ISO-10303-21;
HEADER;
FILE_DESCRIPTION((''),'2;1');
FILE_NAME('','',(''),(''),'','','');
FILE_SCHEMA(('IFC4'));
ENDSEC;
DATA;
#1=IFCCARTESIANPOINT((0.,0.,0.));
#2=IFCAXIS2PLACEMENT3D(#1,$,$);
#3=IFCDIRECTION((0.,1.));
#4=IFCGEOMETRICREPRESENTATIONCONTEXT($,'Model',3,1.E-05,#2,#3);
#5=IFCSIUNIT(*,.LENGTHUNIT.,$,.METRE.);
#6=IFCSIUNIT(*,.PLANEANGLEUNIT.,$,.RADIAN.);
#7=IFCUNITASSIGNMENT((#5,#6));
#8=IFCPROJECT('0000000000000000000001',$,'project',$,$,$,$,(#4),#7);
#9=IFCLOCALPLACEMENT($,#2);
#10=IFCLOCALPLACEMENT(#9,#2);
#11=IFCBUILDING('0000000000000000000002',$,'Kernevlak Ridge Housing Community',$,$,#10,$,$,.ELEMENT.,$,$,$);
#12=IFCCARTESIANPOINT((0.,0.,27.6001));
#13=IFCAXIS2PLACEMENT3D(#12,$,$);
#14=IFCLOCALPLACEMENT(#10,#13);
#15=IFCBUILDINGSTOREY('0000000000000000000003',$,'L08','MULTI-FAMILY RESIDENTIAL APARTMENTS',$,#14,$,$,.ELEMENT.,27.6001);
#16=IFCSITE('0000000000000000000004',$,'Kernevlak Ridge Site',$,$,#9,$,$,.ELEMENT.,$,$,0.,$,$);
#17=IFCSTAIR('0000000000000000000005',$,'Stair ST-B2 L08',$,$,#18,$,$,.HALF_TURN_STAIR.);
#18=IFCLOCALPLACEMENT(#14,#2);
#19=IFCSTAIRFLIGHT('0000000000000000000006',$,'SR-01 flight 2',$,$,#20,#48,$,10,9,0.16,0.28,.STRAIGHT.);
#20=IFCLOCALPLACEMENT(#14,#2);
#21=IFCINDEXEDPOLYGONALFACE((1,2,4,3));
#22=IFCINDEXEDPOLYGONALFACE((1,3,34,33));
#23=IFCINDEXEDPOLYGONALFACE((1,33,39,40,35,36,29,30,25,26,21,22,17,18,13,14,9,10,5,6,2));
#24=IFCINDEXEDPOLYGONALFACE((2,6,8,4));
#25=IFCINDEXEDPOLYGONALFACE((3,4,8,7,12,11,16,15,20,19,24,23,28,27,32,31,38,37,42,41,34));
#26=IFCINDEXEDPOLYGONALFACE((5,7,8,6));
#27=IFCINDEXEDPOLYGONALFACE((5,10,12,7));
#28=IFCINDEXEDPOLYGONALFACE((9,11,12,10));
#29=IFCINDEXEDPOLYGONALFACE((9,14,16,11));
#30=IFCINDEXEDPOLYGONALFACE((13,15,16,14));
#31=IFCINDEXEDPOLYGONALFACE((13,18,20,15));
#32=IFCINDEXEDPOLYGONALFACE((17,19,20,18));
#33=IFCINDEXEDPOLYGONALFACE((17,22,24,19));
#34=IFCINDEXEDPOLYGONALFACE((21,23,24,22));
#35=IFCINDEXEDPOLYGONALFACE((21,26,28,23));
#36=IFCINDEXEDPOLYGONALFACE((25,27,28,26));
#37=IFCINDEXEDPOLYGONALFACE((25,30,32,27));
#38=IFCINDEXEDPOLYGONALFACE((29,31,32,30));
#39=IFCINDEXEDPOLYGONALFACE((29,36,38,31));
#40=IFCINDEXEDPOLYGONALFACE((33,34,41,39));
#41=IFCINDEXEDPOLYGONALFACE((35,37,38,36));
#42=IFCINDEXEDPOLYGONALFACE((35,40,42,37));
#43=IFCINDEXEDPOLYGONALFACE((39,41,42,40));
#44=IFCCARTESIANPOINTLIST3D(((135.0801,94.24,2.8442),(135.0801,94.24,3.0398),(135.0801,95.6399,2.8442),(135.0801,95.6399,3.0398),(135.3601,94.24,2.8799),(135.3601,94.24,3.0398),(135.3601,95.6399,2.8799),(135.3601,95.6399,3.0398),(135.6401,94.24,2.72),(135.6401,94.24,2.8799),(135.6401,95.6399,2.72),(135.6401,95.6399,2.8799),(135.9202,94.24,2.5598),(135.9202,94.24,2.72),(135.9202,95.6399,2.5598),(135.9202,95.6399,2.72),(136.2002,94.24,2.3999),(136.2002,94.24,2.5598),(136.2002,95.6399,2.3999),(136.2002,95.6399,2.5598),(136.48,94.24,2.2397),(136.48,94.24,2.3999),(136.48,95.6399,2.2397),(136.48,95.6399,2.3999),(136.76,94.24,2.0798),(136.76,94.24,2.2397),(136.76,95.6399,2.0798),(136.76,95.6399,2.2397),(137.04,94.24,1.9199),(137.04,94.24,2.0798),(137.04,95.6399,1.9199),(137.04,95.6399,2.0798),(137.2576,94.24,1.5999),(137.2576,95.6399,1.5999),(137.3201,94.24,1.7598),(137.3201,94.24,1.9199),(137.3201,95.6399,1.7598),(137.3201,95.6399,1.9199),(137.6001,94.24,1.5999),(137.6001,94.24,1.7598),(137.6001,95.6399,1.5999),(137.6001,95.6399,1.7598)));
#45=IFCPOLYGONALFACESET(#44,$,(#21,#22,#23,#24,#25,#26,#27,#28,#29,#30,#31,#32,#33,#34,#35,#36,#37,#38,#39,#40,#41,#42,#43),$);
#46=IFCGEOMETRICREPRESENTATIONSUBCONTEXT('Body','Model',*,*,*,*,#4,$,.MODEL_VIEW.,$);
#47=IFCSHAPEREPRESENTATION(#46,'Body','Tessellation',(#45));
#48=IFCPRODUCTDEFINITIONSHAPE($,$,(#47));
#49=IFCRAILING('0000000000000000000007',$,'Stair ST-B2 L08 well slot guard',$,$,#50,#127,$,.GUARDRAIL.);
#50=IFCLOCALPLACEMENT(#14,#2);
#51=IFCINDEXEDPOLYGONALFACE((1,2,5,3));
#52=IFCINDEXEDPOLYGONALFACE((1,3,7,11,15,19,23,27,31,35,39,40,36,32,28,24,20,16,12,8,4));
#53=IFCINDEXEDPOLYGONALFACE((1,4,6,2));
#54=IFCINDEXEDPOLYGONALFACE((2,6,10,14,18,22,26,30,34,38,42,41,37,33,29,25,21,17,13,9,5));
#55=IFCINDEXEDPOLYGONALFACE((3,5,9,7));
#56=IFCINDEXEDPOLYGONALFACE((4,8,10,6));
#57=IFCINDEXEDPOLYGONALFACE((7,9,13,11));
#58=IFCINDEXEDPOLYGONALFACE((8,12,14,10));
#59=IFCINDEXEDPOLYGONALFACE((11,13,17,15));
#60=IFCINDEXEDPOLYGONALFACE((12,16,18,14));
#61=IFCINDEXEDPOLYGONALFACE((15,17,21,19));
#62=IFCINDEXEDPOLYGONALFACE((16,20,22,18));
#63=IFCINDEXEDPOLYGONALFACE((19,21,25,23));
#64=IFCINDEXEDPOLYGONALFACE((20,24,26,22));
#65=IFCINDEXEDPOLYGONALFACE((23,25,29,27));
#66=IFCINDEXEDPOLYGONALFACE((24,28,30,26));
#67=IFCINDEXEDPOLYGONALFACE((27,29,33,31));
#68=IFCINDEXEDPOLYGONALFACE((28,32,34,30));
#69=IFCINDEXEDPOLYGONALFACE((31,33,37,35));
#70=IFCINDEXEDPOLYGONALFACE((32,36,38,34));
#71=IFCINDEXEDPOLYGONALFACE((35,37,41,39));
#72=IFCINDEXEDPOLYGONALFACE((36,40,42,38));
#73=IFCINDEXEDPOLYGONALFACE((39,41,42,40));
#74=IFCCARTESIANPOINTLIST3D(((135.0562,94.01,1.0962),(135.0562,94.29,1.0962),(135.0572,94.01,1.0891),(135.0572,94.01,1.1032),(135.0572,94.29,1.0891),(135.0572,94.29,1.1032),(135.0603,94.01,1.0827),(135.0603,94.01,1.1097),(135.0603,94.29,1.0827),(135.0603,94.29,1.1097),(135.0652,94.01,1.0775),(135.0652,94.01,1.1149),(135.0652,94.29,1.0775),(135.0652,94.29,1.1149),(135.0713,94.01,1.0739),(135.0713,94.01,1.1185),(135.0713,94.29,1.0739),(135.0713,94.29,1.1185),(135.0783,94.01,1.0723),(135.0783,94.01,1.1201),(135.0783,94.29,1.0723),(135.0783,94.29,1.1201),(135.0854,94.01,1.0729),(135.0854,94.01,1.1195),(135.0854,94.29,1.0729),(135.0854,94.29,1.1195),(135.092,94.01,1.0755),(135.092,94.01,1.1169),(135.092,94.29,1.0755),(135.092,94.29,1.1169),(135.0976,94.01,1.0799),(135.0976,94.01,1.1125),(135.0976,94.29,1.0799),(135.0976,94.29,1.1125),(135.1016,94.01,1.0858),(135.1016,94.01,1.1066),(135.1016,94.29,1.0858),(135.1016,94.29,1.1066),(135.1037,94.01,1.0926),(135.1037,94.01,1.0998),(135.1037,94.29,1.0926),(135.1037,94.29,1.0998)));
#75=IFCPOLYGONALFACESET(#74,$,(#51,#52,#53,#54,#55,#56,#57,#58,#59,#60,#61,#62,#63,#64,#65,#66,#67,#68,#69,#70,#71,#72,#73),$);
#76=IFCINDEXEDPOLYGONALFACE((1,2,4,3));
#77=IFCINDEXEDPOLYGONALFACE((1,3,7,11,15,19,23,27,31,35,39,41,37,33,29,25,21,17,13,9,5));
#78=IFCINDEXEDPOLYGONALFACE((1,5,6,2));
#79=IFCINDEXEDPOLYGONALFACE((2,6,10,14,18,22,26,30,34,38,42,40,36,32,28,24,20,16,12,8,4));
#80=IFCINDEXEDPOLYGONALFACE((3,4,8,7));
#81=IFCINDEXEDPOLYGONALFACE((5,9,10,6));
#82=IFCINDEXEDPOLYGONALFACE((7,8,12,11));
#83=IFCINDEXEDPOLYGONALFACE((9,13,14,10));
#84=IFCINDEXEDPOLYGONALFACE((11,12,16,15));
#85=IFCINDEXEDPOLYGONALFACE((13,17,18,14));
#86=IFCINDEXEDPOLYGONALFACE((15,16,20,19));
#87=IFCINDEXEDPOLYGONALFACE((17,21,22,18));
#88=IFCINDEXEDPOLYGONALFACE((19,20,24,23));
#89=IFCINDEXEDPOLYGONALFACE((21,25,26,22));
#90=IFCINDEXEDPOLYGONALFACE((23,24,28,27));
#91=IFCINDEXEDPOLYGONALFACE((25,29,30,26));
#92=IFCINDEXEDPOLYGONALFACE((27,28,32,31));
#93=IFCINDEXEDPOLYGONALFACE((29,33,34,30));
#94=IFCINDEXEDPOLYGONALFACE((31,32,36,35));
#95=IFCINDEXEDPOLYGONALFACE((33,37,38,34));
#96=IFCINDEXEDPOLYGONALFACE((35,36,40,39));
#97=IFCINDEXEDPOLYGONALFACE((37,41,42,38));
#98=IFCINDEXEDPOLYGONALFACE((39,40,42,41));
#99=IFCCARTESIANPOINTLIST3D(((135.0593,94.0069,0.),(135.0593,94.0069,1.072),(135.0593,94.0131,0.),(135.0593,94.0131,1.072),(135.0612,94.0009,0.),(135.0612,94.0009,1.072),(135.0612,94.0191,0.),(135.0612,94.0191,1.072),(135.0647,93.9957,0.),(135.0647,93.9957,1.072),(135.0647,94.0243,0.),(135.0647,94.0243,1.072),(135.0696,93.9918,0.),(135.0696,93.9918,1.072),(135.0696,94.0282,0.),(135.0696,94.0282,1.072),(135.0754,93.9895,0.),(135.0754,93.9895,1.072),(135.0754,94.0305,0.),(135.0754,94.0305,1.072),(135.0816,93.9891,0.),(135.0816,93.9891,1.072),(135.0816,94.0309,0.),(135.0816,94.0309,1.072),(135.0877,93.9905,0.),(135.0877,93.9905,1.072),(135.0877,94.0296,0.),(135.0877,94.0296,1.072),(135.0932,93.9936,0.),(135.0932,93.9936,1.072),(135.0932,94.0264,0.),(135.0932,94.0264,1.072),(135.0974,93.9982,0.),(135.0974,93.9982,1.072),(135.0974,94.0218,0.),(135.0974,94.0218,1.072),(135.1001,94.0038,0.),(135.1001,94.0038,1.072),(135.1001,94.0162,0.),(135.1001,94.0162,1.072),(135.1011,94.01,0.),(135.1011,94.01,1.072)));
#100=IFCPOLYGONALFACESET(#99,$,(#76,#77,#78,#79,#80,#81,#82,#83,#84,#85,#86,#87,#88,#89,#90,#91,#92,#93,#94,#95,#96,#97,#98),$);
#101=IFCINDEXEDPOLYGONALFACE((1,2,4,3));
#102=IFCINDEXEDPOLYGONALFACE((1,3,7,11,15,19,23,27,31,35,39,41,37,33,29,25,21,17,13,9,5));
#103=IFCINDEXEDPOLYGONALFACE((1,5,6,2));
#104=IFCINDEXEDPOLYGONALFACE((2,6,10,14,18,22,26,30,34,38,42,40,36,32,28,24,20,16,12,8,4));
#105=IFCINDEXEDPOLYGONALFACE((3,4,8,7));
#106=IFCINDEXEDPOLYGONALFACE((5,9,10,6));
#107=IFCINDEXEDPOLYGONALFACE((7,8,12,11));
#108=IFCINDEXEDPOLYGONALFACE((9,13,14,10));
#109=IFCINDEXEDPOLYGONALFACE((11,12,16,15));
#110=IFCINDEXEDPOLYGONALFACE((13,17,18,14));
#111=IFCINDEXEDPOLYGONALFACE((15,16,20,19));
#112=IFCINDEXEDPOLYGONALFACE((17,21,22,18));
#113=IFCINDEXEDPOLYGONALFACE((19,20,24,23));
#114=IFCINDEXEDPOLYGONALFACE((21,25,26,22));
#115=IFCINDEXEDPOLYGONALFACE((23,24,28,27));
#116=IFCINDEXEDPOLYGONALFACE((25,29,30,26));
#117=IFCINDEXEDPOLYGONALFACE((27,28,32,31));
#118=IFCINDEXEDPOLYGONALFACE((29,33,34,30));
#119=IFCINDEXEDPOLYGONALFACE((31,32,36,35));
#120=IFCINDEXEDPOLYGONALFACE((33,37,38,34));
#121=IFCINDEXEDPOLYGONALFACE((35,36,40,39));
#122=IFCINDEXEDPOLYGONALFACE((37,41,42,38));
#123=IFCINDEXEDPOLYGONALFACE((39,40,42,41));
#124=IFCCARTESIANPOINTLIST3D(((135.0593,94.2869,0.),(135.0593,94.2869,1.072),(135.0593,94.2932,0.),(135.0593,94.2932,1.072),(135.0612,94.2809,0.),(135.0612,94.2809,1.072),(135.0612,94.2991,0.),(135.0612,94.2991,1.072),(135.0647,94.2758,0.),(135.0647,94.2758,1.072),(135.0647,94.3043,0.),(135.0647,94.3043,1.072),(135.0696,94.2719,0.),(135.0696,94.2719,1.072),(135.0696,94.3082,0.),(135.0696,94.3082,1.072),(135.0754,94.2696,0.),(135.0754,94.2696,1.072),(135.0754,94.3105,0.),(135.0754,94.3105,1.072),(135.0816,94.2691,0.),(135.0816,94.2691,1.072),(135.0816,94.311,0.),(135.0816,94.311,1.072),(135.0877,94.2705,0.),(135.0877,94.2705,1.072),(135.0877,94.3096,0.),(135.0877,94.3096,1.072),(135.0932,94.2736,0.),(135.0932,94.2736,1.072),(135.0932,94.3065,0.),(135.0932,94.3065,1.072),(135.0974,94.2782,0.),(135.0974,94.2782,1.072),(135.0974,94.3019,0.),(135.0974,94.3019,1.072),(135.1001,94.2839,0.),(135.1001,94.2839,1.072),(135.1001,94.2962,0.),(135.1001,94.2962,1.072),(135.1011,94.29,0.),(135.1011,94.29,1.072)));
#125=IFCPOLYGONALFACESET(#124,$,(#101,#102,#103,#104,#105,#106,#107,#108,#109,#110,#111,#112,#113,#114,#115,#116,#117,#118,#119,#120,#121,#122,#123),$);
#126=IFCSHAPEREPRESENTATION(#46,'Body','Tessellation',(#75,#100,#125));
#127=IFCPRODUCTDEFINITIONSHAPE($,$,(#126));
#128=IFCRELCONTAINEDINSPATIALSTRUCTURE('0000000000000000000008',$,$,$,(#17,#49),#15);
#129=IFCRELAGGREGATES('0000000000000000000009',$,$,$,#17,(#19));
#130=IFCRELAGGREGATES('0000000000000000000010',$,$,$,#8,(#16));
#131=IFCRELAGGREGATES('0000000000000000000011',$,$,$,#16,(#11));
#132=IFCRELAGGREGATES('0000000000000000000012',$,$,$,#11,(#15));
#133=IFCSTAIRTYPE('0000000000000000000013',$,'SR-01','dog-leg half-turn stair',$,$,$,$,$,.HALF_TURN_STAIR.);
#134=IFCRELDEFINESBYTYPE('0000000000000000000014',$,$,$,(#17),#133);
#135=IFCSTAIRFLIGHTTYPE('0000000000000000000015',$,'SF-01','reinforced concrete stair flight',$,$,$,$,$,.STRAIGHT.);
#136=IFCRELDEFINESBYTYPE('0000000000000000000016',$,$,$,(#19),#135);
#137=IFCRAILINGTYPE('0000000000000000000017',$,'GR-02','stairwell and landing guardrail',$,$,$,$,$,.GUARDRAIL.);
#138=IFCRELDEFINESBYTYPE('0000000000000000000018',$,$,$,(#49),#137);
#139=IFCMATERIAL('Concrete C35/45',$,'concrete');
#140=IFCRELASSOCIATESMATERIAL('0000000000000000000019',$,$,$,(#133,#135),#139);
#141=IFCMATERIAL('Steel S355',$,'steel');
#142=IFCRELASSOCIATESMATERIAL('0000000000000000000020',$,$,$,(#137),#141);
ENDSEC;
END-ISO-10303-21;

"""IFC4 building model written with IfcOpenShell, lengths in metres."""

from ifc_helpers import new_model, si_unit, direction, frame, origin, origin_2d, place, context, subcontext, project, spatial, polyline, circle, outline, extrude, material, type_object, element, aggregate, save


model = new_model("IFC4")

# Units and contexts
model_context = context("Model", 3, precision=1e-05, world=origin(), true_north=direction((0.0, 1.0)))
body_context = subcontext(model_context, "Body", "Model", "MODEL_VIEW")
ifc_project = project(units=[si_unit("LENGTHUNIT", "METRE"), si_unit("PLANEANGLEUNIT", "RADIAN")], contexts=[model_context])

# Site, building, storey
site_placement = place(None, origin())
site = spatial("IfcSite", under=ifc_project, at=site_placement, Name="Kernevlak Ridge Site", CompositionType="ELEMENT", RefElevation=0.0)
building_placement = place(site_placement, origin())
building = spatial("IfcBuilding", under=site, at=building_placement, Name="Kernevlak Ridge Housing Community", CompositionType="ELEMENT")
storey_placement = place(building_placement, frame((0.0, 0.0, 27.6001)))
storey = spatial("IfcBuildingStorey", under=building, at=storey_placement, Name="L08", Description="MULTI-FAMILY RESIDENTIAL APARTMENTS", CompositionType="ELEMENT", Elevation=27.6001)

# Shared definitions
ifc_material_1 = material(Name="Concrete C35/45", Category="concrete")

# Stair, stair flight
stair_type = type_object("IfcStairType", Name="SR-01", Description="dog-leg half-turn stair", PredefinedType="HALF_TURN_STAIR", material=ifc_material_1)
stair_placement = place(storey_placement, origin())
stair = element("IfcStair", 1, at=stair_placement, inside=storey, type_object=stair_type, Name="Stair ST-B2 L08", PredefinedType="HALF_TURN_STAIR")
stair_flight_type = type_object("IfcStairFlightType", Name="SF-01", Description="reinforced concrete stair flight", PredefinedType="STRAIGHT", material=ifc_material_1)
stair_flight_1_placement = place(storey_placement, frame((137.6001, 94.9399, 1.5999), z_axis=(0.0, 0.0, 1.0), x_axis=(-1.0, 0.0, 0.0)))
stair_flight_1 = element("IfcStairFlight", 2, at=stair_flight_1_placement, type_object=stair_flight_type, Name="SR-01 flight 2", NumberOfRisers=10, NumberOfTreads=9, PredefinedType="STRAIGHT", RiserHeight=0.16, TreadLength=0.28, context=body_context, shape_type="SweptSolid", body=[
    extrude(outline(polyline([(0.0, 0.0), (0.0, 0.1599), (0.28, 0.1599), (0.28, 0.3201), (0.5601, 0.3201), (0.5601, 0.48), (0.8401, 0.48), (0.8401, 0.6399), (1.1201, 0.6399), (1.1201, 0.8), (1.3999, 0.8), (1.3999, 0.96), (1.6799, 0.96), (1.6799, 1.1201), (1.96, 1.1201), (1.96, 1.28), (2.24, 1.28), (2.24, 1.4399), (2.52, 1.4399), (2.52, 1.6001), (2.52, 1.2444), (0.3425, 0.0), (0.0, 0.0)])), frame((0.0, 0.7, 0.0), z_axis=(0.0, -1.0, 0.0), x_axis=(1.0, 0.0, 0.0)), (0.0, 0.0, 1.0), 1.3999),
])
aggregate(stair, [stair_flight_1])

# Railing
ifc_material_2 = material(Name="Steel S355", Category="steel")
railing_type_1 = type_object("IfcRailingType", Name="GR-02", Description="stairwell and landing guardrail", PredefinedType="GUARDRAIL", material=ifc_material_2)
railing_1_placement = place(storey_placement, frame((135.0801, 94.01, 0.0)))
element("IfcRailing", 3, at=railing_1_placement, inside=storey, type_object=railing_type_1, Name="Stair ST-B2 L08 well slot guard", PredefinedType="GUARDRAIL", context=body_context, shape_type="SweptSolid", body=[
    extrude(circle(Radius=0.0239, at=origin_2d()), frame((0.0, 0.0, 1.0962), z_axis=(0.0, 1.0, 0.0), x_axis=(-1.0, 0.0, 0.0)), (0.0, 0.0, 1.0), 0.28),
    extrude(circle(Radius=0.021, at=origin_2d()), origin(), (0.0, 0.0, 1.0), 1.072),
    extrude(circle(Radius=0.021, at=origin_2d()), frame((0.0, 0.28, 0.0)), (0.0, 0.0, 1.0), 1.072),
])

save(model, "model.ifc")
